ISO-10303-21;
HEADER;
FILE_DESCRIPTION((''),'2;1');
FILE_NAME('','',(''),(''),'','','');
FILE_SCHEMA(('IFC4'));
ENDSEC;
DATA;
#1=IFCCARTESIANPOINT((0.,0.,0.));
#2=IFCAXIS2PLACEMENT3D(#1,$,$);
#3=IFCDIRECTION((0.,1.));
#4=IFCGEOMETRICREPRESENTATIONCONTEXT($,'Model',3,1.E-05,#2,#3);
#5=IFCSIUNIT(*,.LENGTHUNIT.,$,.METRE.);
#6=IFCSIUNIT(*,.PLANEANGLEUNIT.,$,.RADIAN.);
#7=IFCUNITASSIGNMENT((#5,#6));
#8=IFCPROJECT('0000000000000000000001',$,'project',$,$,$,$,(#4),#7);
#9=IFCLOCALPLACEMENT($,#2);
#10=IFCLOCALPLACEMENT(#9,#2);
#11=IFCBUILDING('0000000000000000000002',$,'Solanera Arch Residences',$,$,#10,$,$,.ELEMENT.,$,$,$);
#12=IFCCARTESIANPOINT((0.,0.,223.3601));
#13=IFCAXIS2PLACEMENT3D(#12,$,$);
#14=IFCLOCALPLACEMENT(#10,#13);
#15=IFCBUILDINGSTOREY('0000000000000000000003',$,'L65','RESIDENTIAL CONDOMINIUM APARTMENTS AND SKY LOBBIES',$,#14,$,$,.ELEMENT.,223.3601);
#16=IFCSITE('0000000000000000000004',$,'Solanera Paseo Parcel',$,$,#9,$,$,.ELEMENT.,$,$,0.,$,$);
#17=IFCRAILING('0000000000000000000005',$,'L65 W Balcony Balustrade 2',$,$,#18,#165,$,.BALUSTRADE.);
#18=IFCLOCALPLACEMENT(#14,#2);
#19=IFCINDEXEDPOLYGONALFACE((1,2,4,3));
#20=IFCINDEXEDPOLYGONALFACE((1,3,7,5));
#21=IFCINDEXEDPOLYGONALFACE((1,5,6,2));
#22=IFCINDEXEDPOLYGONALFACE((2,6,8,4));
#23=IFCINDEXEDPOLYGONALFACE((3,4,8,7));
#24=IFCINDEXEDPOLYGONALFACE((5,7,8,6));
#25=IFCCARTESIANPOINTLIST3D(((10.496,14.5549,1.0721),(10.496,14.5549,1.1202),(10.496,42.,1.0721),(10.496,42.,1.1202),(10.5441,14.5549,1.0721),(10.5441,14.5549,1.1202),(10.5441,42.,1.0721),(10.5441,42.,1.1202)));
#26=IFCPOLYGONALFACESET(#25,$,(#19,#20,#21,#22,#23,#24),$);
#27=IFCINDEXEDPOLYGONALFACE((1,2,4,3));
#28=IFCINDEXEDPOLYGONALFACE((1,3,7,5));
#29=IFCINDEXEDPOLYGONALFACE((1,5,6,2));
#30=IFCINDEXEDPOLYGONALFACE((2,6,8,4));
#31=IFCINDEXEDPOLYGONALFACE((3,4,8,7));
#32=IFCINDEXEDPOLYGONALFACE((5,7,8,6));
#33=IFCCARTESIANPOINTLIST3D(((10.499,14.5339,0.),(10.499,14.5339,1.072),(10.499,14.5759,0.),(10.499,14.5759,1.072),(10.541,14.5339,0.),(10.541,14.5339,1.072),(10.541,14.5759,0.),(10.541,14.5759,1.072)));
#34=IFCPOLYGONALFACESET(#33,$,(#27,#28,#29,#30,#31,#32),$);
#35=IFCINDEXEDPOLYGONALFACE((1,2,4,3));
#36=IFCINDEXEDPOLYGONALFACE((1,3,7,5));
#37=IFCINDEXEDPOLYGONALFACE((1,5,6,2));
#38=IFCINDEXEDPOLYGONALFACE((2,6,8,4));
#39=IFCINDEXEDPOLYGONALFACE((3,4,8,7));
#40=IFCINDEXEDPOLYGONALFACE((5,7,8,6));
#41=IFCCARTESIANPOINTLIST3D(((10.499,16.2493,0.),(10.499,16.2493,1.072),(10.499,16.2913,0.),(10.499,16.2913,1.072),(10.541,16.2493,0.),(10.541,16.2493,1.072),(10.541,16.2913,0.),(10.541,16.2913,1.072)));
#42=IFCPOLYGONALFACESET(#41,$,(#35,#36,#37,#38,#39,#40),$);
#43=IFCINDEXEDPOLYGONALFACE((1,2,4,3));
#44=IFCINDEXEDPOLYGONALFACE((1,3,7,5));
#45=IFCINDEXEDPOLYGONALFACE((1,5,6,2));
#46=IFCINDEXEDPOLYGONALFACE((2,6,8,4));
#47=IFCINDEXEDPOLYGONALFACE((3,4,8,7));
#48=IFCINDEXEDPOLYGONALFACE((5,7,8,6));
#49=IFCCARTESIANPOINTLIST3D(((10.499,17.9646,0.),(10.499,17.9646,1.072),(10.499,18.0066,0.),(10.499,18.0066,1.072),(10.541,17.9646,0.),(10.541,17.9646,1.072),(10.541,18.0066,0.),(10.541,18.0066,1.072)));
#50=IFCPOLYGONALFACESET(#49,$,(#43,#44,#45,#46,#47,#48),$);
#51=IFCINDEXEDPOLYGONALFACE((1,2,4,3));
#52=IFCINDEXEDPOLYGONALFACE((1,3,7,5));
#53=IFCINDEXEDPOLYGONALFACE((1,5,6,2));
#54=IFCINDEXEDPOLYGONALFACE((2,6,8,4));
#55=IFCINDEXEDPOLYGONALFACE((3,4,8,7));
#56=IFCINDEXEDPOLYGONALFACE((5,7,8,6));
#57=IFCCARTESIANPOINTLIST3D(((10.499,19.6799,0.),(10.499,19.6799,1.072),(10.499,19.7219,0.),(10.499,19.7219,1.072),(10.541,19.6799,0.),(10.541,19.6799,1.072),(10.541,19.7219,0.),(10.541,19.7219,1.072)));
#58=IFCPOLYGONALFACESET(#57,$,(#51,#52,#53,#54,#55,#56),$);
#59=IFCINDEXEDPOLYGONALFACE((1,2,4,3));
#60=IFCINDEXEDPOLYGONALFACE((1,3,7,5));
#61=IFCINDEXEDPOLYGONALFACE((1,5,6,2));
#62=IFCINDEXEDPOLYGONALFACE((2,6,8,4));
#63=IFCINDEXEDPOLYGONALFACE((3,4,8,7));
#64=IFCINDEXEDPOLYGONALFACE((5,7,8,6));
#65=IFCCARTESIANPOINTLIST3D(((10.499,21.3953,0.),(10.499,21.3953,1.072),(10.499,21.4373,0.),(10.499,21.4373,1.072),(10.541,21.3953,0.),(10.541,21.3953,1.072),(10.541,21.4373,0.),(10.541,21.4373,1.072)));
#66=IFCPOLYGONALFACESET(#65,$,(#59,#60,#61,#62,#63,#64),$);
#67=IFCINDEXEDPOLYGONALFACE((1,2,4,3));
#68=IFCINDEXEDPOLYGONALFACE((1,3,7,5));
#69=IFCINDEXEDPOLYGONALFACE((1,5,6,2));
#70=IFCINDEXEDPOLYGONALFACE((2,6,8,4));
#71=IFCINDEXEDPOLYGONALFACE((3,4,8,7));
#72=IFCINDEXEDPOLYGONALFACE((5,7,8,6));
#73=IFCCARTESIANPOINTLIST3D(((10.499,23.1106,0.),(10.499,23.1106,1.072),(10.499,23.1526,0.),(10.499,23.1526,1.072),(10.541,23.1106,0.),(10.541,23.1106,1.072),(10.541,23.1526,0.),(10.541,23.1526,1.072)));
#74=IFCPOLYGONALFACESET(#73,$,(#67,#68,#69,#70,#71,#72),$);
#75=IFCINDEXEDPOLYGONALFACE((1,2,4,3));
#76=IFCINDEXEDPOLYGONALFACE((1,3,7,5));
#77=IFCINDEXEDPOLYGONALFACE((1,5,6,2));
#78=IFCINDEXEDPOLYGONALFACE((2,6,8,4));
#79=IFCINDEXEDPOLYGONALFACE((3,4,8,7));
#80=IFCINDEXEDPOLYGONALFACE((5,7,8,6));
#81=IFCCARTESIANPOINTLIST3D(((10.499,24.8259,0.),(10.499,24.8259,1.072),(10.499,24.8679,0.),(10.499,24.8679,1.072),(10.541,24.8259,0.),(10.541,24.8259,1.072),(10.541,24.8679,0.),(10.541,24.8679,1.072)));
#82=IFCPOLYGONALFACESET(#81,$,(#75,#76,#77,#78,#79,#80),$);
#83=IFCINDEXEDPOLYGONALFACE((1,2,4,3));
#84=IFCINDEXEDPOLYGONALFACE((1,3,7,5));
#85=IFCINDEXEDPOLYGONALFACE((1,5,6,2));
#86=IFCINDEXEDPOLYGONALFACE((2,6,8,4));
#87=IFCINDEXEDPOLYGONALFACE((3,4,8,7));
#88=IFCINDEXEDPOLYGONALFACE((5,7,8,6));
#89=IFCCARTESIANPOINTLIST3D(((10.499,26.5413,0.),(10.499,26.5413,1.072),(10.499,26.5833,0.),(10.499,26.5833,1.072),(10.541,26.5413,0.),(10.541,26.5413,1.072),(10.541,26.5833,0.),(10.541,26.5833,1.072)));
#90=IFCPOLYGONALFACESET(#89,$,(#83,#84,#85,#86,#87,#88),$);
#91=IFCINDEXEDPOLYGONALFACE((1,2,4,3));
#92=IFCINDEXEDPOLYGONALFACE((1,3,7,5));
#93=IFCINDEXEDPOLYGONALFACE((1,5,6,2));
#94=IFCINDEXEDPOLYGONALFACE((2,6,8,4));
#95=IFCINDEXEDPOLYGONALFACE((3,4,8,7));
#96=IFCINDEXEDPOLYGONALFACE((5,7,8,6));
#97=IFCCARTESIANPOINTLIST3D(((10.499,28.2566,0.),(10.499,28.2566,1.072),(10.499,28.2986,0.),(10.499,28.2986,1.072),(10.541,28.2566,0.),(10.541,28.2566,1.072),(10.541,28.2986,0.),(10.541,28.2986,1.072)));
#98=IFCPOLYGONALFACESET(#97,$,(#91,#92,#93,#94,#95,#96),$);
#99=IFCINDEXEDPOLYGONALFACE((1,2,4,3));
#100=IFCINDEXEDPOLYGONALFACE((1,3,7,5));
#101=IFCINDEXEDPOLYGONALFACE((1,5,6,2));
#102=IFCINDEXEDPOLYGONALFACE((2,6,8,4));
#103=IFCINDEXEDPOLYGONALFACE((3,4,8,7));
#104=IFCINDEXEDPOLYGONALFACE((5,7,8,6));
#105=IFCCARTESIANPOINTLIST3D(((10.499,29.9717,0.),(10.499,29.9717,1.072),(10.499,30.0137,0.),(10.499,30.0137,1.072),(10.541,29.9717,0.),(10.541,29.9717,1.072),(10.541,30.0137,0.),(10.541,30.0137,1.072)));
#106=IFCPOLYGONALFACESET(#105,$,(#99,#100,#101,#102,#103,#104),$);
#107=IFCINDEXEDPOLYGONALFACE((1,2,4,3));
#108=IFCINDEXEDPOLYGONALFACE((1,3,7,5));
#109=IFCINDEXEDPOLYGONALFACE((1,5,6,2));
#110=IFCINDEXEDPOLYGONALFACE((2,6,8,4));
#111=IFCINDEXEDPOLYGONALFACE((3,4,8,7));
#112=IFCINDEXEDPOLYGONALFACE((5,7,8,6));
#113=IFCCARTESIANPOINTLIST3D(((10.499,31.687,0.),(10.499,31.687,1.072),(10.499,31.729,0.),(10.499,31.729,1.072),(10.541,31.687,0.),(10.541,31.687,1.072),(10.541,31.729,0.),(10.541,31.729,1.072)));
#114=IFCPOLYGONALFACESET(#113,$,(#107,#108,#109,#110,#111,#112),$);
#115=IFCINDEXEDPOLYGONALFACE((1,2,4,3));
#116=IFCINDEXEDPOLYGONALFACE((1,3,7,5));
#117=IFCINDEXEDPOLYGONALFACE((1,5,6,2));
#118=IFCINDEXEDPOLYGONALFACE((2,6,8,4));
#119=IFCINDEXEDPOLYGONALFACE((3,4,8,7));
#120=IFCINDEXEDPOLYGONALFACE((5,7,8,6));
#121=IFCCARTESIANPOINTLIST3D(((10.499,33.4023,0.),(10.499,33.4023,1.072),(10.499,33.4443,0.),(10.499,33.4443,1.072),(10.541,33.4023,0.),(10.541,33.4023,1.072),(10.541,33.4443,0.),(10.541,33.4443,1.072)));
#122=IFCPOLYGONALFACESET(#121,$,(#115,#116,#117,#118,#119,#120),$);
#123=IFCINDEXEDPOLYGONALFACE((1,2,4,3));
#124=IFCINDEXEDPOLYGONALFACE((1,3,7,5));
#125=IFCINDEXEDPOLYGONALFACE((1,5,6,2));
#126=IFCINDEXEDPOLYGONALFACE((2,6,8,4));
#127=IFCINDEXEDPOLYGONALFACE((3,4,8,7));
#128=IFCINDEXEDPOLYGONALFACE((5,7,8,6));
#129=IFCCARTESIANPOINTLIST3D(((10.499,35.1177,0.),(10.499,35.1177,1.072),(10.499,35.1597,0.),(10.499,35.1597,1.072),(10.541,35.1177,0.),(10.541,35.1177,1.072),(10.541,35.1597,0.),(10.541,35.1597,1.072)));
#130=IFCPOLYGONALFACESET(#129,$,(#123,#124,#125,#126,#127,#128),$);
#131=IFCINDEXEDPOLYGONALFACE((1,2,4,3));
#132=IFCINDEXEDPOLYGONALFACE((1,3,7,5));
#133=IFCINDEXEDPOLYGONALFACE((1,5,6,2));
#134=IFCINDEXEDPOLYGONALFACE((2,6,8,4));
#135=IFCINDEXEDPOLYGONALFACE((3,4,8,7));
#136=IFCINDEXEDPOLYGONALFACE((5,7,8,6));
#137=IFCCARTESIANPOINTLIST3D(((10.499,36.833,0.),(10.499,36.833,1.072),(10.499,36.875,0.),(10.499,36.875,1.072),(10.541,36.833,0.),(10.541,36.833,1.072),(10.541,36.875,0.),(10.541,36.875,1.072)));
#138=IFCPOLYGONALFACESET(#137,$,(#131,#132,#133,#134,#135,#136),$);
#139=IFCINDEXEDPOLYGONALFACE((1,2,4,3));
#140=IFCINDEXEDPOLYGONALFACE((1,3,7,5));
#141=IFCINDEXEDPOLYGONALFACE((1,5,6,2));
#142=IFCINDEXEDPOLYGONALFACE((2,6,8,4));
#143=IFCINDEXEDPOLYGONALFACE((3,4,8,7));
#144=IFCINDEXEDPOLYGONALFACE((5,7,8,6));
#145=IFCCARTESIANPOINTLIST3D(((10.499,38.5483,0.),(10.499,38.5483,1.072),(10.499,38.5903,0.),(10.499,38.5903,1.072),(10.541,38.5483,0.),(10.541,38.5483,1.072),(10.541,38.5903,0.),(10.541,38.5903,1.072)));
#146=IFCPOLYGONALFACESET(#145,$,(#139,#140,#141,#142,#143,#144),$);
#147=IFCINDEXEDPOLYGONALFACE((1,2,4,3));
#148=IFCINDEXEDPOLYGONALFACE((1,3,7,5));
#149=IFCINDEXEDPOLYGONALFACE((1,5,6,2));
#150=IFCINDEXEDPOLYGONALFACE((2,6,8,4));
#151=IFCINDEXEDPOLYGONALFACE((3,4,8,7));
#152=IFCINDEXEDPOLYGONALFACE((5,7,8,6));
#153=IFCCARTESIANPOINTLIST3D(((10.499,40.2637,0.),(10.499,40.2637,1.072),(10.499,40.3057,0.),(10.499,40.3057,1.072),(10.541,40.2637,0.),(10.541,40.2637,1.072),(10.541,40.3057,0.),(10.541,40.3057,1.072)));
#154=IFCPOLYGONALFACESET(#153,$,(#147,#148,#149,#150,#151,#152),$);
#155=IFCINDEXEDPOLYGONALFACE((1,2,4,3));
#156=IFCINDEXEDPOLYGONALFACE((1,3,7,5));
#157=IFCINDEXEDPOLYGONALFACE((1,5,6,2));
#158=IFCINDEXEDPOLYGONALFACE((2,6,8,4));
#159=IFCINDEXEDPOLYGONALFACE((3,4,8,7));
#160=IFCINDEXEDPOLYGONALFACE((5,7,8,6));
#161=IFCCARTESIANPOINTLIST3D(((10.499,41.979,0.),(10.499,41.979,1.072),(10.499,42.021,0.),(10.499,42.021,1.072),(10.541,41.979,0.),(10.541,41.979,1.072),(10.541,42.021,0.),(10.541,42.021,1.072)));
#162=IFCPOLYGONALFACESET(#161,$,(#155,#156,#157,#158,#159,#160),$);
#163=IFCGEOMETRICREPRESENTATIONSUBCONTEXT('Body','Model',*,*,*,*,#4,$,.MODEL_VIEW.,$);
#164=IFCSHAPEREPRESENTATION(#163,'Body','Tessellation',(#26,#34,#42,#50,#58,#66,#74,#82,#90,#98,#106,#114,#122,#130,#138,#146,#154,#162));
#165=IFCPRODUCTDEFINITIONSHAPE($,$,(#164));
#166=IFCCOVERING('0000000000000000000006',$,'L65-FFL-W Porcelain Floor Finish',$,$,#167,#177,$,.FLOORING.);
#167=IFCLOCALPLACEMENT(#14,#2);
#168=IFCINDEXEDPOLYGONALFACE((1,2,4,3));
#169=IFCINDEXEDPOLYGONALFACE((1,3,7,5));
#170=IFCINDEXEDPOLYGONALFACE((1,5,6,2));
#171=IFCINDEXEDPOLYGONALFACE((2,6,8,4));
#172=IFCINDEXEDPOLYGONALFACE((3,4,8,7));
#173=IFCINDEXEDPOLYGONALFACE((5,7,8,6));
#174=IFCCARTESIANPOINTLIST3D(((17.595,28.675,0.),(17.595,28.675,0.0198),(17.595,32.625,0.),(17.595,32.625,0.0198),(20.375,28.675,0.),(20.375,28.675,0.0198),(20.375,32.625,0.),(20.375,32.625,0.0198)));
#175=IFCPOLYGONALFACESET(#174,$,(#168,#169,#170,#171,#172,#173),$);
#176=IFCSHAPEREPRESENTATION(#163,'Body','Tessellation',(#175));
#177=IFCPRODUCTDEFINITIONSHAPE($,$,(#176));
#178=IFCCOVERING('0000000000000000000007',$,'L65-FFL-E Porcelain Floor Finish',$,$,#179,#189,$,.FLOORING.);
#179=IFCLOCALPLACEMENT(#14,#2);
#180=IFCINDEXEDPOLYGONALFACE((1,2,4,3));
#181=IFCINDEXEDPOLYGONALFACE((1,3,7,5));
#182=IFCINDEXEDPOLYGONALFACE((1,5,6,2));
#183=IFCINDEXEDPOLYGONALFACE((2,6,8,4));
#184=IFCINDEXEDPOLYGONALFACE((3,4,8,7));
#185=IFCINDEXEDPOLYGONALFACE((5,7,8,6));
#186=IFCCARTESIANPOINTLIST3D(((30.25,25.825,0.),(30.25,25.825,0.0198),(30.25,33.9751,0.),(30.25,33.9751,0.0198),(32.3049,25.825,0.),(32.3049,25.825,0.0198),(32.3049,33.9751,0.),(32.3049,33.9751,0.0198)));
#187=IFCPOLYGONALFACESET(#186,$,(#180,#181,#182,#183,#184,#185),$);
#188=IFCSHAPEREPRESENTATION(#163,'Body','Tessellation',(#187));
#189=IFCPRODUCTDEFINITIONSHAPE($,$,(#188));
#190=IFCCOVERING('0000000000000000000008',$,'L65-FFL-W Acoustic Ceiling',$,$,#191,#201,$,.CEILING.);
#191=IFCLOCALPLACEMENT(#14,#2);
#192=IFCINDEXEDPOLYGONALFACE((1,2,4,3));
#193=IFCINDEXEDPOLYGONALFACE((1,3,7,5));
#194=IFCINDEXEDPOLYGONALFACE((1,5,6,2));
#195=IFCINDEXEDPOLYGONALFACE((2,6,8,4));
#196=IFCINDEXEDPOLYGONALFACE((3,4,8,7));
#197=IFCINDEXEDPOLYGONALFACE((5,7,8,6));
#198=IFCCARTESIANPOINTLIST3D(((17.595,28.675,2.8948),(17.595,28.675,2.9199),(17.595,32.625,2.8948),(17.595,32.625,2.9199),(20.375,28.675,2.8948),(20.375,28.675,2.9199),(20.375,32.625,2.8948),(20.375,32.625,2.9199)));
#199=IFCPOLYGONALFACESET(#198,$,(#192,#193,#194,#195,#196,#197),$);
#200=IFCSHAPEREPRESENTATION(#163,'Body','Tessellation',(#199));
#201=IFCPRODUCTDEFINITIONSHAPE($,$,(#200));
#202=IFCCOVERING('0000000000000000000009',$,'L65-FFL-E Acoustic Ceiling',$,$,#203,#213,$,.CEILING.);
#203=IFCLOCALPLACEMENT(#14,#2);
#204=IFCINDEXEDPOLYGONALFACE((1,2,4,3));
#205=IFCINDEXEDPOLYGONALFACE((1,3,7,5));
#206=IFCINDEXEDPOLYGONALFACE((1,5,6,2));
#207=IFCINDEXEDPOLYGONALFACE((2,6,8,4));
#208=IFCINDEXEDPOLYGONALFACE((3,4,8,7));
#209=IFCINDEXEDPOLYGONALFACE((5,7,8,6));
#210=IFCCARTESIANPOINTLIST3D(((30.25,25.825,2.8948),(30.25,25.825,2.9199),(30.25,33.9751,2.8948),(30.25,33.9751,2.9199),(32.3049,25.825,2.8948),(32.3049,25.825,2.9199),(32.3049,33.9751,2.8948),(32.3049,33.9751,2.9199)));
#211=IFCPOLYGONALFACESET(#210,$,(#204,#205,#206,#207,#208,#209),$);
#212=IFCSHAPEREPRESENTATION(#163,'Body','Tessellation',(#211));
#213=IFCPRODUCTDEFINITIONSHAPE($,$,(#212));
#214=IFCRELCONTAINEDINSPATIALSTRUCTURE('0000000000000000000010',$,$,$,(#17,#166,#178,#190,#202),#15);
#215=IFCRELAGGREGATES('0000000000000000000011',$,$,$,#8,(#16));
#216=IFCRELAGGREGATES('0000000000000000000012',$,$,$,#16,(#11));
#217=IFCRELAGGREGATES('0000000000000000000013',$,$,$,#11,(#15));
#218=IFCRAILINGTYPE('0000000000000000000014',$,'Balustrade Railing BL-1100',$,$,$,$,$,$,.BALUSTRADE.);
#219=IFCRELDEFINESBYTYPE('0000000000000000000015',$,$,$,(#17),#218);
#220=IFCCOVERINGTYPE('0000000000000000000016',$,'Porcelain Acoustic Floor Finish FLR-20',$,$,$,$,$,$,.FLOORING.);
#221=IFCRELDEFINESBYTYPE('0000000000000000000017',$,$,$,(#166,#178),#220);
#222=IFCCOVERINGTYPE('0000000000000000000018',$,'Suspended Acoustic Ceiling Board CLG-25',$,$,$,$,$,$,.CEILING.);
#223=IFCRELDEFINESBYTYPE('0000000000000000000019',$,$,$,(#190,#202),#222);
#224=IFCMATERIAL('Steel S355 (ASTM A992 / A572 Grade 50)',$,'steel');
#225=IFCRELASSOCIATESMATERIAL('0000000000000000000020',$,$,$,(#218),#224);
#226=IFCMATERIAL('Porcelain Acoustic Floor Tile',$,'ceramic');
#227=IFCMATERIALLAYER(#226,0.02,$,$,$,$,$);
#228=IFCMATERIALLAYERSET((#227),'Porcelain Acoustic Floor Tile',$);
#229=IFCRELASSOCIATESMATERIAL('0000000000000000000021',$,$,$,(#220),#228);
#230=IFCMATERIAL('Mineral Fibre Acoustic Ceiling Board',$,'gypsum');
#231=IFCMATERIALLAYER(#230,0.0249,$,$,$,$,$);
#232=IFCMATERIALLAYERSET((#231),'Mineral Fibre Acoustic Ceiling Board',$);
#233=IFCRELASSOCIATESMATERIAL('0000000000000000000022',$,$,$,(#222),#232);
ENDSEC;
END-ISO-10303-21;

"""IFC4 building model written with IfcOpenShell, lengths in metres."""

from ifc_helpers import new_model, si_unit, direction, frame, origin, origin_2d, place, context, subcontext, project, spatial, polyline, rectangle, outline, extrude, material, layer, layer_set, type_object, element, save


model = new_model("IFC4")

# Units and contexts
model_context = context("Model", 3, precision=1e-05, world=origin(), true_north=direction((0.0, 1.0)))
body_context = subcontext(model_context, "Body", "Model", "MODEL_VIEW")
ifc_project = project(units=[si_unit("LENGTHUNIT", "METRE"), si_unit("PLANEANGLEUNIT", "RADIAN")], contexts=[model_context])

# Site, building, storey
site_placement = place(None, origin())
site = spatial("IfcSite", under=ifc_project, at=site_placement, Name="Solanera Paseo Parcel", CompositionType="ELEMENT", RefElevation=0.0)
building_placement = place(site_placement, origin())
building = spatial("IfcBuilding", under=site, at=building_placement, Name="Solanera Arch Residences", CompositionType="ELEMENT")
storey_placement = place(building_placement, frame((0.0, 0.0, 223.3601)))
storey = spatial("IfcBuildingStorey", under=building, at=storey_placement, Name="L65", Description="RESIDENTIAL CONDOMINIUM APARTMENTS AND SKY LOBBIES", CompositionType="ELEMENT", Elevation=223.3601)

# Railing
ifc_material_1 = material(Name="Steel S355 (ASTM A992 / A572 Grade 50)", Category="steel")
railing_type = type_object("IfcRailingType", Name="Balustrade Railing BL-1100", PredefinedType="BALUSTRADE", material=ifc_material_1)
railing_placement = place(storey_placement, frame((10.52, 14.5549, 0.0)))
element("IfcRailing", 1, at=railing_placement, inside=storey, type_object=railing_type, Name="L65 W Balcony Balustrade 2", PredefinedType="BALUSTRADE", context=body_context, shape_type="SweptSolid", body=[
    extrude(rectangle(XDim=0.0481, YDim=0.0481, at=origin_2d()), frame((0.0, 0.0, 1.0962), z_axis=(0.0, 1.0, 0.0), x_axis=(-1.0, 0.0, 0.0)), (0.0, 0.0, 1.0), 27.4451),
    extrude(rectangle(XDim=0.042, YDim=0.042, at=origin_2d()), origin(), (0.0, 0.0, 1.0), 1.072),
    extrude(rectangle(XDim=0.042, YDim=0.042, at=origin_2d()), frame((0.0, 1.7153, 0.0)), (0.0, 0.0, 1.0), 1.072),
    extrude(rectangle(XDim=0.042, YDim=0.042, at=origin_2d()), frame((0.0, 3.4307, 0.0)), (0.0, 0.0, 1.0), 1.072),
    extrude(rectangle(XDim=0.042, YDim=0.042, at=origin_2d()), frame((0.0, 5.146, 0.0)), (0.0, 0.0, 1.0), 1.072),
    extrude(rectangle(XDim=0.042, YDim=0.042, at=origin_2d()), frame((0.0, 6.8613, 0.0)), (0.0, 0.0, 1.0), 1.072),
    extrude(rectangle(XDim=0.042, YDim=0.042, at=origin_2d()), frame((0.0, 8.5767, 0.0)), (0.0, 0.0, 1.0), 1.072),
    extrude(rectangle(XDim=0.042, YDim=0.042, at=origin_2d()), frame((0.0, 10.292, 0.0)), (0.0, 0.0, 1.0), 1.072),
    extrude(rectangle(XDim=0.042, YDim=0.042, at=origin_2d()), frame((0.0, 12.0073, 0.0)), (0.0, 0.0, 1.0), 1.072),
    extrude(rectangle(XDim=0.042, YDim=0.042, at=origin_2d()), frame((0.0, 13.7227, 0.0)), (0.0, 0.0, 1.0), 1.072),
    extrude(rectangle(XDim=0.042, YDim=0.042, at=origin_2d()), frame((0.0, 15.4377, 0.0)), (0.0, 0.0, 1.0), 1.072),
    extrude(rectangle(XDim=0.042, YDim=0.042, at=origin_2d()), frame((0.0, 17.1531, 0.0)), (0.0, 0.0, 1.0), 1.072),
    extrude(rectangle(XDim=0.042, YDim=0.042, at=origin_2d()), frame((0.0, 18.8684, 0.0)), (0.0, 0.0, 1.0), 1.072),
    extrude(rectangle(XDim=0.042, YDim=0.042, at=origin_2d()), frame((0.0, 20.5837, 0.0)), (0.0, 0.0, 1.0), 1.072),
    extrude(rectangle(XDim=0.042, YDim=0.042, at=origin_2d()), frame((0.0, 22.2991, 0.0)), (0.0, 0.0, 1.0), 1.072),
    extrude(rectangle(XDim=0.042, YDim=0.042, at=origin_2d()), frame((0.0, 24.0144, 0.0)), (0.0, 0.0, 1.0), 1.072),
    extrude(rectangle(XDim=0.042, YDim=0.042, at=origin_2d()), frame((0.0, 25.7297, 0.0)), (0.0, 0.0, 1.0), 1.072),
    extrude(rectangle(XDim=0.042, YDim=0.042, at=origin_2d()), frame((0.0, 27.4451, 0.0)), (0.0, 0.0, 1.0), 1.072),
])

# Coverings
ifc_material_2 = material(Name="Porcelain Acoustic Floor Tile", Category="ceramic")
ifc_layer_1 = layer(ifc_material_2, 0.02)
ifc_layer_set_1 = layer_set([ifc_layer_1], Name="Porcelain Acoustic Floor Tile")
covering_type_1 = type_object("IfcCoveringType", Name="Porcelain Acoustic Floor Finish FLR-20", PredefinedType="FLOORING", material=ifc_layer_set_1)
covering_1_placement = place(storey_placement, origin())
element("IfcCovering", 2, at=covering_1_placement, inside=storey, type_object=covering_type_1, Name="L65-FFL-W Porcelain Floor Finish", PredefinedType="FLOORING", context=body_context, shape_type="SweptSolid", body=[
    extrude(outline(polyline([(20.375, 28.675), (17.595, 28.675), (17.595, 32.625), (20.375, 32.625), (20.375, 28.675)])), origin(), (0.0, 0.0, 1.0), 0.0198),
])
covering_2_placement = place(storey_placement, origin())
element("IfcCovering", 3, at=covering_2_placement, inside=storey, type_object=covering_type_1, Name="L65-FFL-E Porcelain Floor Finish", PredefinedType="FLOORING", context=body_context, shape_type="SweptSolid", body=[
    extrude(outline(polyline([(32.3049, 25.825), (30.25, 25.825), (30.25, 33.9751), (32.3049, 33.9751), (32.3049, 25.825)])), origin(), (0.0, 0.0, 1.0), 0.0198),
])
ifc_material_3 = material(Name="Mineral Fibre Acoustic Ceiling Board", Category="gypsum")
ifc_layer_2 = layer(ifc_material_3, 0.0249)
ifc_layer_set_2 = layer_set([ifc_layer_2], Name="Mineral Fibre Acoustic Ceiling Board")
covering_type_2 = type_object("IfcCoveringType", Name="Suspended Acoustic Ceiling Board CLG-25", PredefinedType="CEILING", material=ifc_layer_set_2)
covering_3_placement = place(storey_placement, frame((0.0, 0.0, 2.8948)))
element("IfcCovering", 4, at=covering_3_placement, inside=storey, type_object=covering_type_2, Name="L65-FFL-W Acoustic Ceiling", PredefinedType="CEILING", context=body_context, shape_type="SweptSolid", body=[
    extrude(outline(polyline([(20.375, 28.675), (17.595, 28.675), (17.595, 32.625), (20.375, 32.625), (20.375, 28.675)])), origin(), (0.0, 0.0, 1.0), 0.0251),
])
covering_4_placement = place(storey_placement, frame((0.0, 0.0, 2.8948)))
element("IfcCovering", 5, at=covering_4_placement, inside=storey, type_object=covering_type_2, Name="L65-FFL-E Acoustic Ceiling", PredefinedType="CEILING", context=body_context, shape_type="SweptSolid", body=[
    extrude(outline(polyline([(32.3049, 25.825), (30.25, 25.825), (30.25, 33.9751), (32.3049, 33.9751), (32.3049, 25.825)])), origin(), (0.0, 0.0, 1.0), 0.0251),
])

save(model, "model.ifc")
